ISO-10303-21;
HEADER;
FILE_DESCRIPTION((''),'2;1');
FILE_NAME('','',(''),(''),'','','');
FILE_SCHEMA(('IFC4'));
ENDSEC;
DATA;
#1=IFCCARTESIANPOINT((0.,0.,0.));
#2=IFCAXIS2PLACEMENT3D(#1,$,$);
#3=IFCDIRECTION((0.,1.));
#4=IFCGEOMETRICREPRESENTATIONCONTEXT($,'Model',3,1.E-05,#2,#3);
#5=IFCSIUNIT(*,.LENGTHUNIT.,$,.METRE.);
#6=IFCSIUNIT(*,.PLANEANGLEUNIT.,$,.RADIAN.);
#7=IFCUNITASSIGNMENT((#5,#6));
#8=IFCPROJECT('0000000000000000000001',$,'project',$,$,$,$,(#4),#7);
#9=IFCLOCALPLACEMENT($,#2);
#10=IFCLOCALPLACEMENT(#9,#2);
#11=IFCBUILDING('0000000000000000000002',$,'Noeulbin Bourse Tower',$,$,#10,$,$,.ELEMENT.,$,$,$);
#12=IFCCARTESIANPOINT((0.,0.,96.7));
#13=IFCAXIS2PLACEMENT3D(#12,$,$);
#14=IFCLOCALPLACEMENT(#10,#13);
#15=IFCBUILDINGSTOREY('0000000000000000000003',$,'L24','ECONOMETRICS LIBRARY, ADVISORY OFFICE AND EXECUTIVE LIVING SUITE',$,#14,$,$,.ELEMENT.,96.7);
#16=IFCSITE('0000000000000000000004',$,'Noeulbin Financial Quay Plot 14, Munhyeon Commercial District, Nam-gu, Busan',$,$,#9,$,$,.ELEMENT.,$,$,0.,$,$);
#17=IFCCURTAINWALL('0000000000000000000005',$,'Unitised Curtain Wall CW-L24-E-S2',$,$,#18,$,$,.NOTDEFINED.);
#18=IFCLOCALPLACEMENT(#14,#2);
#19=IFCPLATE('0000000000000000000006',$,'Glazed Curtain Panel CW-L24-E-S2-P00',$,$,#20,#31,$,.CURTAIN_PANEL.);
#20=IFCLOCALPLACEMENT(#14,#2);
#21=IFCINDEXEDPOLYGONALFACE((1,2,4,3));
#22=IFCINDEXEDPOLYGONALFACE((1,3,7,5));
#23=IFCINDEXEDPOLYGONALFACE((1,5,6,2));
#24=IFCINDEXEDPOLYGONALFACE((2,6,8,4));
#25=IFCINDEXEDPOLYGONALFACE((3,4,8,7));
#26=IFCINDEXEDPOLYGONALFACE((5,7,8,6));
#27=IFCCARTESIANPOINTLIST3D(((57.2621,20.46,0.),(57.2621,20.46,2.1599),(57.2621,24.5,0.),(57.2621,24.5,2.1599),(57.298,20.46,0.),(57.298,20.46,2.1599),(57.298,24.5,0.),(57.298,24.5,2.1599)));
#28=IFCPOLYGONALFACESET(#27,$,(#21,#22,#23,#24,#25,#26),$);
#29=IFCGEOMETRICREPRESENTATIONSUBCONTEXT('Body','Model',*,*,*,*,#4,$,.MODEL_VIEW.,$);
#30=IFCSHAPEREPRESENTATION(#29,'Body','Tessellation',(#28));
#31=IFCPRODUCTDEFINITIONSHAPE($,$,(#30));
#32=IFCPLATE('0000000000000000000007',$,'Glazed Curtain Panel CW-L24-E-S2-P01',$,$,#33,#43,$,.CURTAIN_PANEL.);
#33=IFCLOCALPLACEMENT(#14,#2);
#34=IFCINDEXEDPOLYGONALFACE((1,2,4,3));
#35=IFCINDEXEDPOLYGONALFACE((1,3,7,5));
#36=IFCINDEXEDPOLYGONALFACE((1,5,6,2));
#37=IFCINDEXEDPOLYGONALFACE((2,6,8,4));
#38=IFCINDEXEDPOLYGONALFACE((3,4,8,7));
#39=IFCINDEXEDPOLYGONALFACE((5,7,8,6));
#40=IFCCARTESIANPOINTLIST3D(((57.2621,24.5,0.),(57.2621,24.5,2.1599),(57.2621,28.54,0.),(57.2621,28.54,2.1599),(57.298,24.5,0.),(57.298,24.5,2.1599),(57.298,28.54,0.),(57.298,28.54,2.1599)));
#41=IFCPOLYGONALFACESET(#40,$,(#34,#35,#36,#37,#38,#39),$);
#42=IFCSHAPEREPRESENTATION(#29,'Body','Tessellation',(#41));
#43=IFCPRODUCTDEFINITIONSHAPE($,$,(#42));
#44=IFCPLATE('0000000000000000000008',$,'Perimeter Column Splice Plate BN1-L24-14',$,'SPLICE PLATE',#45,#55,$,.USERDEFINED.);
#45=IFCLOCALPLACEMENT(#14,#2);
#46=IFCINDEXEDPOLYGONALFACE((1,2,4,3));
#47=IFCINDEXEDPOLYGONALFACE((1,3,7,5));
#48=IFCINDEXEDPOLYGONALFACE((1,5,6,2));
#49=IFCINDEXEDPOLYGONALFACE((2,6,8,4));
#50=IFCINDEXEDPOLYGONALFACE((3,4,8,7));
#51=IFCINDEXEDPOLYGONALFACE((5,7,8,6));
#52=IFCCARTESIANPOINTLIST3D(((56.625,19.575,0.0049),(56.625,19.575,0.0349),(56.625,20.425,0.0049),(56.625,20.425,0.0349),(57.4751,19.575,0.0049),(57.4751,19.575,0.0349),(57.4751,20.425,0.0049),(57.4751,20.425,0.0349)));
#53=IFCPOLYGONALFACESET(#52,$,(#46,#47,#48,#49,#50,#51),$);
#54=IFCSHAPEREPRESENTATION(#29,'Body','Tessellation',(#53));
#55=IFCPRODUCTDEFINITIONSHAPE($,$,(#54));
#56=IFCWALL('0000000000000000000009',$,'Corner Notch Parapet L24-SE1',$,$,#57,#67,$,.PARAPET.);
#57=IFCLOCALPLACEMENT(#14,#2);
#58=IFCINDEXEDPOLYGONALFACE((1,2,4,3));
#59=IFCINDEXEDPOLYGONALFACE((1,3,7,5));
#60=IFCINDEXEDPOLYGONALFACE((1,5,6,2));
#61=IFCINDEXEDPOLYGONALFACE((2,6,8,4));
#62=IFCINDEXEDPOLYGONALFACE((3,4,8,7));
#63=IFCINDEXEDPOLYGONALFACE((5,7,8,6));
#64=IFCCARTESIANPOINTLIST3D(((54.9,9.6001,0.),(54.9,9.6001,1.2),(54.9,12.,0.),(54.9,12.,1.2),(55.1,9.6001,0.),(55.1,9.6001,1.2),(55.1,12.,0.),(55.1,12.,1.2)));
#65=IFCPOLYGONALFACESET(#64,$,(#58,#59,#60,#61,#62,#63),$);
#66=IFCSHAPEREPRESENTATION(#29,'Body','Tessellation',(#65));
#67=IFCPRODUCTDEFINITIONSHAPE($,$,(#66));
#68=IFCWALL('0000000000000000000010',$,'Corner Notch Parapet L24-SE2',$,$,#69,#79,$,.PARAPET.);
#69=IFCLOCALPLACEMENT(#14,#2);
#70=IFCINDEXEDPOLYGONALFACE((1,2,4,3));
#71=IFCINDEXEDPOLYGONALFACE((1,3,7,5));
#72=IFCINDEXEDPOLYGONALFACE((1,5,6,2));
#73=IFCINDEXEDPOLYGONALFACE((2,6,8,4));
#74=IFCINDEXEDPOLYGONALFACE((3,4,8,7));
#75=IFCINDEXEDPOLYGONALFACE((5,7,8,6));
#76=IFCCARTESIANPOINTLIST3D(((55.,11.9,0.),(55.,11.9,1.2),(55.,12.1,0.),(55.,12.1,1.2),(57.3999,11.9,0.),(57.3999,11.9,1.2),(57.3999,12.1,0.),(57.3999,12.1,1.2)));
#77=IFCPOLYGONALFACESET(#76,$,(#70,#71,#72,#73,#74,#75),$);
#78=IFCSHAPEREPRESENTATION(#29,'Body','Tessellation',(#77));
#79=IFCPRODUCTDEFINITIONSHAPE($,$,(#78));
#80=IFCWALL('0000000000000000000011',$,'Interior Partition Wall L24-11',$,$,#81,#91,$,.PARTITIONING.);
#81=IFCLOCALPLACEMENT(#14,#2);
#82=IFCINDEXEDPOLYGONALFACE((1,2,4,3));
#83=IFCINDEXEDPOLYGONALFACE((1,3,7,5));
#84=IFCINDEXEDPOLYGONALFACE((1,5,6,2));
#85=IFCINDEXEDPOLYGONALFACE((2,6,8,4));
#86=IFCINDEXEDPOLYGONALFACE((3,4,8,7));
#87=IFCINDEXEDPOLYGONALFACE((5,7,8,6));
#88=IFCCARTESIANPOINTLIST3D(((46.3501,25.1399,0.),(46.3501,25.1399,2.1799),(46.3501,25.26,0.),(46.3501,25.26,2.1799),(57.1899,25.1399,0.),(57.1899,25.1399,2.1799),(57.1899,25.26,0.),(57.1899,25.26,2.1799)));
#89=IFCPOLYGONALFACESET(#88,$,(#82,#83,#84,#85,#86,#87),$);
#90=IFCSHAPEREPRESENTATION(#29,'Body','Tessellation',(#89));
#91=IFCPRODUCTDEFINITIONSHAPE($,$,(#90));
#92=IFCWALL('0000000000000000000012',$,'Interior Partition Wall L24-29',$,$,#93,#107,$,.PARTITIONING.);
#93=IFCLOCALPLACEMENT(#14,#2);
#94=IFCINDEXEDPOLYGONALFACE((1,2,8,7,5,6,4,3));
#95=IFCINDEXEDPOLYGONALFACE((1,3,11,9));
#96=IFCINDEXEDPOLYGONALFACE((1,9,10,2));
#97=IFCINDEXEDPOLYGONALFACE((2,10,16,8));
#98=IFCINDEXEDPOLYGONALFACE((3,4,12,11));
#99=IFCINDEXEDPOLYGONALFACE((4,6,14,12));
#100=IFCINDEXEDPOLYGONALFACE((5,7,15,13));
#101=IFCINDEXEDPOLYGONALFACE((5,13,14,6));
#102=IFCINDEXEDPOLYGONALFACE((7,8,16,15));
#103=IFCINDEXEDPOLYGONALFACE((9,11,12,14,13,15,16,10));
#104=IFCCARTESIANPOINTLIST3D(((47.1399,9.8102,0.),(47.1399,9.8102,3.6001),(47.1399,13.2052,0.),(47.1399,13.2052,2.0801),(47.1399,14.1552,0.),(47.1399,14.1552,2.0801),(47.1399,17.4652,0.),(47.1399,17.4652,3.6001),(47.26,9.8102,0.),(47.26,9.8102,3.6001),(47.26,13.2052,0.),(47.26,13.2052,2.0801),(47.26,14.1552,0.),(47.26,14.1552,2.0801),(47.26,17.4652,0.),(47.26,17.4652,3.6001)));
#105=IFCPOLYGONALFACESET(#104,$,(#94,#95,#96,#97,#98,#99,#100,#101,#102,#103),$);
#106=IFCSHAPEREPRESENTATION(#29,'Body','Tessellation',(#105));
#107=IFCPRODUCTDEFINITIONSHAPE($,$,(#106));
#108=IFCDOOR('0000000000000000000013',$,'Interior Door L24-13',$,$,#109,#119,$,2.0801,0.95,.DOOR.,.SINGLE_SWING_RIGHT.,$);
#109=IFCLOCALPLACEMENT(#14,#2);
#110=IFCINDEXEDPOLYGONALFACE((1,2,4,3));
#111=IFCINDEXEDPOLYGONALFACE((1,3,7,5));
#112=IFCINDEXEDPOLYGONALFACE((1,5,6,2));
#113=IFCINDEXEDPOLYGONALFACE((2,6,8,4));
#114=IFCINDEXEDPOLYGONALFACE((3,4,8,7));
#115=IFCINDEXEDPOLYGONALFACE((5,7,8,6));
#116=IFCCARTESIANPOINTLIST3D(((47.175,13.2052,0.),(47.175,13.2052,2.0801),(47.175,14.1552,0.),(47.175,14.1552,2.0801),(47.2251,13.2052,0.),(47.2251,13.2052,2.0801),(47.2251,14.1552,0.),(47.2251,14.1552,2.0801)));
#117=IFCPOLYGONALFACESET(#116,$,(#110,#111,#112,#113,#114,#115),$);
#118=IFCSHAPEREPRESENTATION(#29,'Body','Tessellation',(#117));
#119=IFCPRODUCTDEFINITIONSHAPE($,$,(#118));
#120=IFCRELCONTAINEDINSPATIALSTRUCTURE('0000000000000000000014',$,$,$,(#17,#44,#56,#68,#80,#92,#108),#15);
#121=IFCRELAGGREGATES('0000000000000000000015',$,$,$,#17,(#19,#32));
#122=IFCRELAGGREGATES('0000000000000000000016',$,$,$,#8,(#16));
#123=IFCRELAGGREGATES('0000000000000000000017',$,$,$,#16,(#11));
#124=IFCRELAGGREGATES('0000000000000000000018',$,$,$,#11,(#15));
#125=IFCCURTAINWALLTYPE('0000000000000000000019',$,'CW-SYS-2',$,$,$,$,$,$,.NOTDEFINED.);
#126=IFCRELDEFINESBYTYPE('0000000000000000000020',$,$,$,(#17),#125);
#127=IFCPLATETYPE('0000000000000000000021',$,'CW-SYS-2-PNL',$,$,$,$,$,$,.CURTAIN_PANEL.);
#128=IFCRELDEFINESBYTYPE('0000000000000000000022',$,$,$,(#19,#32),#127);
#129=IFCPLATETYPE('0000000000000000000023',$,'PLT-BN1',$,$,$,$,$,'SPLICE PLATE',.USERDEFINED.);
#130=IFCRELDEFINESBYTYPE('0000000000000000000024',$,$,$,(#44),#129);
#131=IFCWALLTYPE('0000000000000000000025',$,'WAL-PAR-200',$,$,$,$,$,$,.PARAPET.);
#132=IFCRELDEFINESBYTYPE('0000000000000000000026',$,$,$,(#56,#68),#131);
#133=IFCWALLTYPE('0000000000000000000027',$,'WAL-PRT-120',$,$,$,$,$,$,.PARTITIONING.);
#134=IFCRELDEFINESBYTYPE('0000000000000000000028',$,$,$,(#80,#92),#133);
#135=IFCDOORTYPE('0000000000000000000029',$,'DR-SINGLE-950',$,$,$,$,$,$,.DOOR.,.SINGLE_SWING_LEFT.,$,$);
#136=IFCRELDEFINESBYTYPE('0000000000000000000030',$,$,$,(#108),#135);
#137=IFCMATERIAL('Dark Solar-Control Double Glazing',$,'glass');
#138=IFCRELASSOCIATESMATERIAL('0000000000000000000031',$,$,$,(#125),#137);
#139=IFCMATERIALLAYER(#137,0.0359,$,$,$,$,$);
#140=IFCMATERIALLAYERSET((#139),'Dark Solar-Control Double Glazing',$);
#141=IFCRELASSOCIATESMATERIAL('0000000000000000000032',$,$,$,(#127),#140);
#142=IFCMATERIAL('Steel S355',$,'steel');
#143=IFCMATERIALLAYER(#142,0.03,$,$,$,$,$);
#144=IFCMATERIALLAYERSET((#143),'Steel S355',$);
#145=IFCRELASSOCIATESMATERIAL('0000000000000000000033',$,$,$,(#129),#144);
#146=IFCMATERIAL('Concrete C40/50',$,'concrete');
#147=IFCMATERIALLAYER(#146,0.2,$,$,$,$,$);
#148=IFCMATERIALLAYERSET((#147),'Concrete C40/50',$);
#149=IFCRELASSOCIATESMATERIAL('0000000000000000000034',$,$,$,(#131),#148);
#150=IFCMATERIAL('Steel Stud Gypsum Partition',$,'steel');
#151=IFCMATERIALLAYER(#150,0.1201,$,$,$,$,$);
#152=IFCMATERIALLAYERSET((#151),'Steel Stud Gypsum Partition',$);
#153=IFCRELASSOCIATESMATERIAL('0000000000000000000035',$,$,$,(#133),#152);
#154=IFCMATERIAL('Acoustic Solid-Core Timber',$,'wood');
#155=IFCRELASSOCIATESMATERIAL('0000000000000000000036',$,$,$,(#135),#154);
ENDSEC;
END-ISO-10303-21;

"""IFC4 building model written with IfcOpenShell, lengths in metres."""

from ifc_helpers import new_model, si_unit, direction, frame, frame_2d, origin, origin_2d, place, context, subcontext, project, spatial, rectangle, extrude, material, layer, layer_set, type_object, element, fill, aggregate, save


model = new_model("IFC4")

# Units and contexts
model_context = context("Model", 3, precision=1e-05, world=origin(), true_north=direction((0.0, 1.0)))
body_context = subcontext(model_context, "Body", "Model", "MODEL_VIEW")
ifc_project = project(units=[si_unit("LENGTHUNIT", "METRE"), si_unit("PLANEANGLEUNIT", "RADIAN")], contexts=[model_context])

# Site, building, storey
site_placement = place(None, origin())
site = spatial("IfcSite", under=ifc_project, at=site_placement, Name="Noeulbin Financial Quay Plot 14, Munhyeon Commercial District, Nam-gu, Busan", CompositionType="ELEMENT", RefElevation=0.0)
building_placement = place(site_placement, origin())
building = spatial("IfcBuilding", under=site, at=building_placement, Name="Noeulbin Bourse Tower", CompositionType="ELEMENT")
storey_placement = place(building_placement, frame((0.0, 0.0, 96.7)))
storey = spatial("IfcBuildingStorey", under=building, at=storey_placement, Name="L24", Description="ECONOMETRICS LIBRARY, ADVISORY OFFICE AND EXECUTIVE LIVING SUITE", CompositionType="ELEMENT", Elevation=96.7)

# Shared definitions
ifc_material_1 = material(Name="Steel S355", Category="steel")

# Curtain wall
ifc_material_2 = material(Name="Dark Solar-Control Double Glazing", Category="glass")
curtain_wall_type = type_object("IfcCurtainWallType", Name="CW-SYS-2", PredefinedType="NOTDEFINED", material=ifc_material_2)
curtain_wall_1_placement = place(storey_placement, origin())
curtain_wall_1 = element("IfcCurtainWall", 1, at=curtain_wall_1_placement, inside=storey, type_object=curtain_wall_type, Name="Unitised Curtain Wall CW-L24-E-S2", PredefinedType="NOTDEFINED")

# Plates
ifc_layer_1 = layer(ifc_material_2, 0.0359)
ifc_layer_set_1 = layer_set([ifc_layer_1], Name="Dark Solar-Control Double Glazing")
plate_type_1 = type_object("IfcPlateType", Name="CW-SYS-2-PNL", PredefinedType="CURTAIN_PANEL", material=ifc_layer_set_1)
plate_1_placement = place(storey_placement, frame((57.28, 22.48, 0.0), z_axis=(0.0, 0.0, 1.0), x_axis=(0.0, 1.0, 0.0)))
plate_1 = element("IfcPlate", 2, at=plate_1_placement, type_object=plate_type_1, Name="Glazed Curtain Panel CW-L24-E-S2-P00", PredefinedType="CURTAIN_PANEL", context=body_context, shape_type="SweptSolid", body=[
    extrude(rectangle(XDim=4.04, YDim=0.0359, at=origin_2d()), origin(), (0.0, 0.0, 1.0), 2.1599),
])
plate_2_placement = place(storey_placement, frame((57.28, 26.52, 0.0), z_axis=(0.0, 0.0, 1.0), x_axis=(0.0, 1.0, 0.0)))
plate_2 = element("IfcPlate", 3, at=plate_2_placement, type_object=plate_type_1, Name="Glazed Curtain Panel CW-L24-E-S2-P01", PredefinedType="CURTAIN_PANEL", context=body_context, shape_type="SweptSolid", body=[
    extrude(rectangle(XDim=4.04, YDim=0.0359, at=origin_2d()), origin(), (0.0, 0.0, 1.0), 2.1599),
])
aggregate(curtain_wall_1, [plate_1, plate_2])
ifc_layer_2 = layer(ifc_material_1, 0.03)
ifc_layer_set_2 = layer_set([ifc_layer_2], Name="Steel S355")
plate_type_2 = type_object("IfcPlateType", Name="PLT-BN1", ElementType="SPLICE PLATE", PredefinedType="USERDEFINED", material=ifc_layer_set_2)
plate_3_placement = place(storey_placement, frame((57.05, 20.0, 0.0049), z_axis=(0.0, 0.0, 1.0), x_axis=(1.0, 0.0, 0.0)))
element("IfcPlate", 4, at=plate_3_placement, inside=storey, type_object=plate_type_2, Name="Perimeter Column Splice Plate BN1-L24-14", ObjectType="SPLICE PLATE", PredefinedType="USERDEFINED", context=body_context, shape_type="SweptSolid", body=[
    extrude(rectangle(XDim=0.8501, YDim=0.8501, at=origin_2d()), origin(), (0.0, 0.0, 1.0), 0.03),
])

# Walls
ifc_material_3 = material(Name="Concrete C40/50", Category="concrete")
ifc_layer_3 = layer(ifc_material_3, 0.2)
ifc_layer_set_3 = layer_set([ifc_layer_3], Name="Concrete C40/50")
wall_type_1 = type_object("IfcWallType", Name="WAL-PAR-200", PredefinedType="PARAPET", material=ifc_layer_set_3)
for number, where, z_axis, x_axis, name in (
    (5, (55.0, 9.6001, 0.0), (0.0, 0.0, 1.0), (0.0, 1.0, 0.0), "Corner Notch Parapet L24-SE1"),
    (6, (55.0, 12.0, 0.0), (0.0, 0.0, 1.0), (1.0, 0.0, 0.0), "Corner Notch Parapet L24-SE2"),
):
    element("IfcWall", number, at=place(storey_placement, frame(where, z_axis=z_axis, x_axis=x_axis)), inside=storey, type_object=wall_type_1, Name=name, PredefinedType="PARAPET", context=body_context, shape_type="SweptSolid", body=[
        extrude(rectangle(XDim=2.3999, YDim=0.2, at=frame_2d((1.2, 0.0))), origin(), (0.0, 0.0, 1.0), 1.2),
    ])
ifc_material_4 = material(Name="Steel Stud Gypsum Partition", Category="steel")
ifc_layer_4 = layer(ifc_material_4, 0.1201)
ifc_layer_set_4 = layer_set([ifc_layer_4], Name="Steel Stud Gypsum Partition")
wall_type_2 = type_object("IfcWallType", Name="WAL-PRT-120", PredefinedType="PARTITIONING", material=ifc_layer_set_4)
wall_1_placement = place(storey_placement, frame((46.3501, 25.2, 0.0), z_axis=(0.0, 0.0, 1.0), x_axis=(1.0, 0.0, 0.0)))
element("IfcWall", 7, at=wall_1_placement, inside=storey, type_object=wall_type_2, Name="Interior Partition Wall L24-11", PredefinedType="PARTITIONING", context=body_context, shape_type="SweptSolid", body=[
    extrude(rectangle(XDim=10.8398, YDim=0.1201, at=frame_2d((5.4199, 0.0))), origin(), (0.0, 0.0, 1.0), 2.1799),
])

# Wall, opening, door
wall_2_placement = place(storey_placement, frame((47.2, 9.8101, 0.0), z_axis=(0.0, 0.0, 1.0), x_axis=(0.0, 1.0, 0.0)))
wall_2 = element("IfcWall", 8, at=wall_2_placement, inside=storey, type_object=wall_type_2, Name="Interior Partition Wall L24-29", PredefinedType="PARTITIONING", context=body_context, shape_type="SweptSolid", body=[
    extrude(rectangle(XDim=7.655, YDim=0.1201, at=frame_2d((3.8276, 0.0))), origin(), (0.0, 0.0, 1.0), 3.6001),
])
opening_1_placement = place(wall_2_placement, frame((3.395, 0.0, 0.0)))
opening_1 = element("IfcOpeningElement", 9, at=opening_1_placement, cuts=wall_2, PredefinedType="OPENING", context=body_context, shape_type="SweptSolid", body=[
    extrude(rectangle(XDim=0.95, YDim=2.0801, at=frame_2d((0.4751, 1.04))), frame((0.0, 0.0701, 0.0), z_axis=(0.0, -1.0, 0.0), x_axis=(1.0, 0.0, 0.0)), (0.0, 0.0, 1.0), 0.1401),
])
ifc_material_5 = material(Name="Acoustic Solid-Core Timber", Category="wood")
door_type = type_object("IfcDoorType", Name="DR-SINGLE-950", OperationType="SINGLE_SWING_LEFT", PredefinedType="DOOR", material=ifc_material_5)
door_1_placement = place(opening_1_placement, origin())
door_1 = element("IfcDoor", 10, at=door_1_placement, inside=storey, type_object=door_type, Name="Interior Door L24-13", OperationType="SINGLE_SWING_RIGHT", OverallHeight=2.0801, OverallWidth=0.95, PredefinedType="DOOR", context=body_context, shape_type="SweptSolid", body=[
    extrude(rectangle(XDim=0.95, YDim=2.0801, at=frame_2d((0.4751, 1.04))), frame((0.0, 0.0249, 0.0), z_axis=(0.0, -1.0, 0.0), x_axis=(1.0, 0.0, 0.0)), (0.0, 0.0, 1.0), 0.05),
])
fill(opening_1, door_1)

save(model, "model.ifc")
